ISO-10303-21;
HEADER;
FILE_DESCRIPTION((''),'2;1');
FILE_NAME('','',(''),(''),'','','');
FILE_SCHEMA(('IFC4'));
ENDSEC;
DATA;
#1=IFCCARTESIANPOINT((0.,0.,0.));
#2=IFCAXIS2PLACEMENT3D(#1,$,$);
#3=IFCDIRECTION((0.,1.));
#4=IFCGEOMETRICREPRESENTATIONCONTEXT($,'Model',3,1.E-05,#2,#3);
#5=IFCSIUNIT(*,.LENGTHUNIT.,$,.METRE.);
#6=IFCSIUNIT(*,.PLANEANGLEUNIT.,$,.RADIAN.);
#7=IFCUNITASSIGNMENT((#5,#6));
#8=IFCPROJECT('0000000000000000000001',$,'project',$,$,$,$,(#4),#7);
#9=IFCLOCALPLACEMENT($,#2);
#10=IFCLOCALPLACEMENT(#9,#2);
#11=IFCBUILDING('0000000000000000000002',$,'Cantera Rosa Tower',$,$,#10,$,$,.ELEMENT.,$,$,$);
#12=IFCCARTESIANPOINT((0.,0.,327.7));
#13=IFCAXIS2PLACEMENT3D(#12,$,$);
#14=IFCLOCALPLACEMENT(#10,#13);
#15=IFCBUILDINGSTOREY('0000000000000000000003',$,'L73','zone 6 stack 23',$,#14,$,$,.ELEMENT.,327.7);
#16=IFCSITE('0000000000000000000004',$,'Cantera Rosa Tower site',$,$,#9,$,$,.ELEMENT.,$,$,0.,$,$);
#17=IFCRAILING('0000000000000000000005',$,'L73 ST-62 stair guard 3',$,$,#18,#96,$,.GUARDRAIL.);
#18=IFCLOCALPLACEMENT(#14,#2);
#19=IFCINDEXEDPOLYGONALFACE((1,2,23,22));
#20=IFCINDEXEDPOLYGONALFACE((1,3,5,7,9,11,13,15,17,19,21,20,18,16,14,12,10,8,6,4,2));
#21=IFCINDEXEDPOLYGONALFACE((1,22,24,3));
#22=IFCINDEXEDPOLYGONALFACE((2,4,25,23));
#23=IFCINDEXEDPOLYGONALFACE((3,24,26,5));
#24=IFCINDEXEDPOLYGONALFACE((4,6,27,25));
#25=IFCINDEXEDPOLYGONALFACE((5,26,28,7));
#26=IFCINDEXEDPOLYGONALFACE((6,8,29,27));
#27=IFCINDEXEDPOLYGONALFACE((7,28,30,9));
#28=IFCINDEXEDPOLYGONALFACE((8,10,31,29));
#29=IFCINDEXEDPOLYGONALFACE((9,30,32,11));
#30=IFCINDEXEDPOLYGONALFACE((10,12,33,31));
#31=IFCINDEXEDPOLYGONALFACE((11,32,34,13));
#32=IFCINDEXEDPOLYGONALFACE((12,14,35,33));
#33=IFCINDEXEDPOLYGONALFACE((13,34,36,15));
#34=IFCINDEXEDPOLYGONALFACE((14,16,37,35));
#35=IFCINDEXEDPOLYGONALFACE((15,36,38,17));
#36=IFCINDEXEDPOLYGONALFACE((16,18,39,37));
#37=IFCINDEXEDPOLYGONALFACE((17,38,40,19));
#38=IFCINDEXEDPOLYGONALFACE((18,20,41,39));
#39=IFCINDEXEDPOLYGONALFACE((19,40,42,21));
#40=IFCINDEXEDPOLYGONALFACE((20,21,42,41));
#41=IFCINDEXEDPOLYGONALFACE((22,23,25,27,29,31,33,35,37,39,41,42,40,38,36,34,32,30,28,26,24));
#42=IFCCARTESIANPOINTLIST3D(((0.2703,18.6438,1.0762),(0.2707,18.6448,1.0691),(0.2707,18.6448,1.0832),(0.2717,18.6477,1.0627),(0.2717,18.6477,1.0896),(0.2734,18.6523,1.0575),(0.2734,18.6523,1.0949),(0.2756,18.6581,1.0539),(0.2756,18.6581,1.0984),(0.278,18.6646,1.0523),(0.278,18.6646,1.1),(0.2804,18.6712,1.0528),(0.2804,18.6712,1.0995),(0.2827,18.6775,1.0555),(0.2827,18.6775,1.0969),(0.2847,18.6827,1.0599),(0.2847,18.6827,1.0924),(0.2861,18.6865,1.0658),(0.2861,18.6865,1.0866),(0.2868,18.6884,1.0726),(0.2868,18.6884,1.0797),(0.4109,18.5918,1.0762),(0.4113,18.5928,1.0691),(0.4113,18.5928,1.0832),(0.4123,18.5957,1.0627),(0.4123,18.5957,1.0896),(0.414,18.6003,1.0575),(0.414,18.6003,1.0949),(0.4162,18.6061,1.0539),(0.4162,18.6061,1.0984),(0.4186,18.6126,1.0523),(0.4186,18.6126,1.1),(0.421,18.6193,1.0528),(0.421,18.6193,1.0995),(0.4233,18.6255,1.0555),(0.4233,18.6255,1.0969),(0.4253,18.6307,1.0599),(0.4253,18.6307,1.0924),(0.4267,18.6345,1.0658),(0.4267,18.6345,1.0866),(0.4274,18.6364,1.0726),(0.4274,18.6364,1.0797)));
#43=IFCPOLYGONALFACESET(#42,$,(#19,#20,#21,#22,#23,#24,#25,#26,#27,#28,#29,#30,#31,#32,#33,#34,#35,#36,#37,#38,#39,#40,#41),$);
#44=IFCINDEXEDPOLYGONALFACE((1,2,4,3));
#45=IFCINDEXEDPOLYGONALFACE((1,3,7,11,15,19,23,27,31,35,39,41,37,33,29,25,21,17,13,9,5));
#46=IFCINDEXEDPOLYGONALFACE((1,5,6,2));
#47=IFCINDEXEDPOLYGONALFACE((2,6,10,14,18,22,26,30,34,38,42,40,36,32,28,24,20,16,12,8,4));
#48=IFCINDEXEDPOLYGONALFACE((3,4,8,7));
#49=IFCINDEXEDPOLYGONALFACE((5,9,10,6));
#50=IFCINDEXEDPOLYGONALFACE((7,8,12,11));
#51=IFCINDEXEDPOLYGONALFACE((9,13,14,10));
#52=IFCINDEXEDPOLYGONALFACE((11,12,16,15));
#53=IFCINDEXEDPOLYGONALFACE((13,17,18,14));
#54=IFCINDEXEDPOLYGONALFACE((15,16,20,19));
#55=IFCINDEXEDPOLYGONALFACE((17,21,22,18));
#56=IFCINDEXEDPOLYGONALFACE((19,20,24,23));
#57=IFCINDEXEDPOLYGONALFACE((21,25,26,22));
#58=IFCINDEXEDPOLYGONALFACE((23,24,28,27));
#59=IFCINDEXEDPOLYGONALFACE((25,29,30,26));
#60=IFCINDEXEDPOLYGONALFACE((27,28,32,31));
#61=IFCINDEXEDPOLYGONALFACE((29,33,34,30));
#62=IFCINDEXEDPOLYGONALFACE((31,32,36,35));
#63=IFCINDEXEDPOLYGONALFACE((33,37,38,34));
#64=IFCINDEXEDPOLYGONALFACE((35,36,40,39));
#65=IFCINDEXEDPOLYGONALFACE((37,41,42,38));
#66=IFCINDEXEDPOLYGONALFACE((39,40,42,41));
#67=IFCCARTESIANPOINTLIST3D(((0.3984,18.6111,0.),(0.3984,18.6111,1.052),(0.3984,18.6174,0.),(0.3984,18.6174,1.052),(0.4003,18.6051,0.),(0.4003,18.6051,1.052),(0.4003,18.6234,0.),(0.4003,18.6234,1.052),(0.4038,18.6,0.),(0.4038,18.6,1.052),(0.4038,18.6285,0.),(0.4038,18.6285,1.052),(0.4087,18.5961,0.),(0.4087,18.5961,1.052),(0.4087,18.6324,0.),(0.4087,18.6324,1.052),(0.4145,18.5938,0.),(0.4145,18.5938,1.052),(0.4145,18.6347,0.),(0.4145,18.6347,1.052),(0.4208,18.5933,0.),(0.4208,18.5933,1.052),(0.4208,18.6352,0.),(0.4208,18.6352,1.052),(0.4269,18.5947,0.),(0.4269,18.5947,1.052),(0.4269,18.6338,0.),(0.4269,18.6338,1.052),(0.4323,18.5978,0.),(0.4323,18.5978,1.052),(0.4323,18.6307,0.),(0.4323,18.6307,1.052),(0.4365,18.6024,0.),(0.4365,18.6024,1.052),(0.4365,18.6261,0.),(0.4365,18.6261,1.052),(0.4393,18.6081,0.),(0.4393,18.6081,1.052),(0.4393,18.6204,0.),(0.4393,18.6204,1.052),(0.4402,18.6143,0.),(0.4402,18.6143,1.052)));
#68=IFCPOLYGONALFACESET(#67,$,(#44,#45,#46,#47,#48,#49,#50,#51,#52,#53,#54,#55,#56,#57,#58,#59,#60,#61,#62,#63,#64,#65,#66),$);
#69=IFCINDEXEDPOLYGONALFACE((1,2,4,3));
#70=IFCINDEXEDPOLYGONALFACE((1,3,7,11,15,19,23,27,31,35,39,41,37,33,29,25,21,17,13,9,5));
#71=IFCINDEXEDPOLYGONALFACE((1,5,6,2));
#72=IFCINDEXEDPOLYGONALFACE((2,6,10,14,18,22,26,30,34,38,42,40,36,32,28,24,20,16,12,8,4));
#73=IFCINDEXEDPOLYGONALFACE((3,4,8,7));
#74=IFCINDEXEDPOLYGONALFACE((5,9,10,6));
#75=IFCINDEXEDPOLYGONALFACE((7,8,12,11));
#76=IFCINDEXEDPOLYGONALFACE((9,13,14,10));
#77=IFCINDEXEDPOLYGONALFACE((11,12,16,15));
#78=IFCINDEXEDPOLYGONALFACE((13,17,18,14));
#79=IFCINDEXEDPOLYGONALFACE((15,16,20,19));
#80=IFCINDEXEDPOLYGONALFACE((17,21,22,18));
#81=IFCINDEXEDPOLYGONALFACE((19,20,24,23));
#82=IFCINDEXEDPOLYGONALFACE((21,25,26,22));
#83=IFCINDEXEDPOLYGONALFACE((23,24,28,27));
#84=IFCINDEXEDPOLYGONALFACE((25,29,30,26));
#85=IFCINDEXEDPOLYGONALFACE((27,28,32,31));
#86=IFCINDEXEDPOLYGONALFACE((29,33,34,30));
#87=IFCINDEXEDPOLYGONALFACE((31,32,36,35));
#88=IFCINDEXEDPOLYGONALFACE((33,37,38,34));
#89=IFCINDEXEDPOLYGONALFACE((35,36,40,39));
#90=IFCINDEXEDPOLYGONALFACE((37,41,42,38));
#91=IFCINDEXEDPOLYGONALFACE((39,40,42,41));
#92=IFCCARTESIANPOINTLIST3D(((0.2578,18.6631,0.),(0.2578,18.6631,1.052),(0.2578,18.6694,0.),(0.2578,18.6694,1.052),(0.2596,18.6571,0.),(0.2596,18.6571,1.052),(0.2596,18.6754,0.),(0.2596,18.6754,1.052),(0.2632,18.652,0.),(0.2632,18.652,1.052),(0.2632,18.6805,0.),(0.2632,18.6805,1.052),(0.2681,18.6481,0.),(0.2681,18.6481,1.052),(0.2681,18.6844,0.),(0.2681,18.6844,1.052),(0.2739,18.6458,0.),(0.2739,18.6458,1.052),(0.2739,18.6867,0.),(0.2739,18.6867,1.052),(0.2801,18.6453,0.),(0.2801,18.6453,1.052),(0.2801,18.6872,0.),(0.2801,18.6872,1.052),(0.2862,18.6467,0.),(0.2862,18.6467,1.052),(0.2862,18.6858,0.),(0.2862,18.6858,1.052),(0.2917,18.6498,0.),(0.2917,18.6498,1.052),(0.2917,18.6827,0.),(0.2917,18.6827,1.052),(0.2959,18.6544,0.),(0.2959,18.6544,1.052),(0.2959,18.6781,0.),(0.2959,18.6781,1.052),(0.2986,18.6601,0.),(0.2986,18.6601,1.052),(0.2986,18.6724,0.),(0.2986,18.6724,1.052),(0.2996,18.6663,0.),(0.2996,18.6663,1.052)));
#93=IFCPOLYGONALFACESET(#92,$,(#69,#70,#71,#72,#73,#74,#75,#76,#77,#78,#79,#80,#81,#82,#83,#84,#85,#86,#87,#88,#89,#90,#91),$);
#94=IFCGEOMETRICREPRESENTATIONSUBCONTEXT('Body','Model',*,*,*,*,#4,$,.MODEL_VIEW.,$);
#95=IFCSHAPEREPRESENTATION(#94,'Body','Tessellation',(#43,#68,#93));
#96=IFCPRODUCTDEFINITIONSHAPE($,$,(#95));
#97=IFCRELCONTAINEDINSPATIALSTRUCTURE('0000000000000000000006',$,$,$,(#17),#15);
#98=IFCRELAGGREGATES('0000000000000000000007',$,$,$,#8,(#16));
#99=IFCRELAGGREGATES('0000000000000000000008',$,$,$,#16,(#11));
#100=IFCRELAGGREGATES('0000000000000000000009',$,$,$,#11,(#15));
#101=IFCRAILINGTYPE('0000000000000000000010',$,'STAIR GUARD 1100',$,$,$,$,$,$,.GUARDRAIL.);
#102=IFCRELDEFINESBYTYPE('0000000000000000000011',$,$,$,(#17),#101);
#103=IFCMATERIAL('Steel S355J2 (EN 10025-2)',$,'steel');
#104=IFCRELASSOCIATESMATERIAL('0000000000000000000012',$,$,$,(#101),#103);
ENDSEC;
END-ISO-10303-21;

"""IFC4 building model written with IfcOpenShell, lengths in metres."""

from ifc_helpers import new_model, si_unit, direction, frame, origin, origin_2d, place, context, subcontext, project, spatial, circle, extrude, material, type_object, element, save


model = new_model("IFC4")

# Units and contexts
model_context = context("Model", 3, precision=1e-05, world=origin(), true_north=direction((0.0, 1.0)))
body_context = subcontext(model_context, "Body", "Model", "MODEL_VIEW")
ifc_project = project(units=[si_unit("LENGTHUNIT", "METRE"), si_unit("PLANEANGLEUNIT", "RADIAN")], contexts=[model_context])

# Site, building, storey
site_placement = place(None, origin())
site = spatial("IfcSite", under=ifc_project, at=site_placement, Name="Cantera Rosa Tower site", CompositionType="ELEMENT", RefElevation=0.0)
building_placement = place(site_placement, origin())
building = spatial("IfcBuilding", under=site, at=building_placement, Name="Cantera Rosa Tower", CompositionType="ELEMENT")
storey_placement = place(building_placement, frame((0.0, 0.0, 327.7)))
storey = spatial("IfcBuildingStorey", under=building, at=storey_placement, Name="L73", Description="zone 6 stack 23", CompositionType="ELEMENT", Elevation=327.7)

# Railing
ifc_material_1 = material(Name="Steel S355J2 (EN 10025-2)", Category="steel")
railing_type_1 = type_object("IfcRailingType", Name="STAIR GUARD 1100", PredefinedType="GUARDRAIL", material=ifc_material_1)
railing_1_placement = place(storey_placement, frame((0.4192, 18.6143, 0.0)))
element("IfcRailing", 1, at=railing_1_placement, inside=storey, type_object=railing_type_1, Name="L73 ST-62 stair guard 3", PredefinedType="GUARDRAIL", context=body_context, shape_type="SweptSolid", body=[
    extrude(circle(Radius=0.0239, at=origin_2d()), frame((0.0, 0.0, 1.0762), z_axis=(-0.937925, 0.346837, 0.0), x_axis=(-0.346837, -0.937925, 0.0)), (0.0, 0.0, 1.0), 0.1499),
    extrude(circle(Radius=0.021, at=origin_2d()), origin(), (0.0, 0.0, 1.0), 1.052),
    extrude(circle(Radius=0.021, at=origin_2d()), frame((-0.1406, 0.052, 0.0)), (0.0, 0.0, 1.0), 1.052),
])

save(model, "model.ifc")
